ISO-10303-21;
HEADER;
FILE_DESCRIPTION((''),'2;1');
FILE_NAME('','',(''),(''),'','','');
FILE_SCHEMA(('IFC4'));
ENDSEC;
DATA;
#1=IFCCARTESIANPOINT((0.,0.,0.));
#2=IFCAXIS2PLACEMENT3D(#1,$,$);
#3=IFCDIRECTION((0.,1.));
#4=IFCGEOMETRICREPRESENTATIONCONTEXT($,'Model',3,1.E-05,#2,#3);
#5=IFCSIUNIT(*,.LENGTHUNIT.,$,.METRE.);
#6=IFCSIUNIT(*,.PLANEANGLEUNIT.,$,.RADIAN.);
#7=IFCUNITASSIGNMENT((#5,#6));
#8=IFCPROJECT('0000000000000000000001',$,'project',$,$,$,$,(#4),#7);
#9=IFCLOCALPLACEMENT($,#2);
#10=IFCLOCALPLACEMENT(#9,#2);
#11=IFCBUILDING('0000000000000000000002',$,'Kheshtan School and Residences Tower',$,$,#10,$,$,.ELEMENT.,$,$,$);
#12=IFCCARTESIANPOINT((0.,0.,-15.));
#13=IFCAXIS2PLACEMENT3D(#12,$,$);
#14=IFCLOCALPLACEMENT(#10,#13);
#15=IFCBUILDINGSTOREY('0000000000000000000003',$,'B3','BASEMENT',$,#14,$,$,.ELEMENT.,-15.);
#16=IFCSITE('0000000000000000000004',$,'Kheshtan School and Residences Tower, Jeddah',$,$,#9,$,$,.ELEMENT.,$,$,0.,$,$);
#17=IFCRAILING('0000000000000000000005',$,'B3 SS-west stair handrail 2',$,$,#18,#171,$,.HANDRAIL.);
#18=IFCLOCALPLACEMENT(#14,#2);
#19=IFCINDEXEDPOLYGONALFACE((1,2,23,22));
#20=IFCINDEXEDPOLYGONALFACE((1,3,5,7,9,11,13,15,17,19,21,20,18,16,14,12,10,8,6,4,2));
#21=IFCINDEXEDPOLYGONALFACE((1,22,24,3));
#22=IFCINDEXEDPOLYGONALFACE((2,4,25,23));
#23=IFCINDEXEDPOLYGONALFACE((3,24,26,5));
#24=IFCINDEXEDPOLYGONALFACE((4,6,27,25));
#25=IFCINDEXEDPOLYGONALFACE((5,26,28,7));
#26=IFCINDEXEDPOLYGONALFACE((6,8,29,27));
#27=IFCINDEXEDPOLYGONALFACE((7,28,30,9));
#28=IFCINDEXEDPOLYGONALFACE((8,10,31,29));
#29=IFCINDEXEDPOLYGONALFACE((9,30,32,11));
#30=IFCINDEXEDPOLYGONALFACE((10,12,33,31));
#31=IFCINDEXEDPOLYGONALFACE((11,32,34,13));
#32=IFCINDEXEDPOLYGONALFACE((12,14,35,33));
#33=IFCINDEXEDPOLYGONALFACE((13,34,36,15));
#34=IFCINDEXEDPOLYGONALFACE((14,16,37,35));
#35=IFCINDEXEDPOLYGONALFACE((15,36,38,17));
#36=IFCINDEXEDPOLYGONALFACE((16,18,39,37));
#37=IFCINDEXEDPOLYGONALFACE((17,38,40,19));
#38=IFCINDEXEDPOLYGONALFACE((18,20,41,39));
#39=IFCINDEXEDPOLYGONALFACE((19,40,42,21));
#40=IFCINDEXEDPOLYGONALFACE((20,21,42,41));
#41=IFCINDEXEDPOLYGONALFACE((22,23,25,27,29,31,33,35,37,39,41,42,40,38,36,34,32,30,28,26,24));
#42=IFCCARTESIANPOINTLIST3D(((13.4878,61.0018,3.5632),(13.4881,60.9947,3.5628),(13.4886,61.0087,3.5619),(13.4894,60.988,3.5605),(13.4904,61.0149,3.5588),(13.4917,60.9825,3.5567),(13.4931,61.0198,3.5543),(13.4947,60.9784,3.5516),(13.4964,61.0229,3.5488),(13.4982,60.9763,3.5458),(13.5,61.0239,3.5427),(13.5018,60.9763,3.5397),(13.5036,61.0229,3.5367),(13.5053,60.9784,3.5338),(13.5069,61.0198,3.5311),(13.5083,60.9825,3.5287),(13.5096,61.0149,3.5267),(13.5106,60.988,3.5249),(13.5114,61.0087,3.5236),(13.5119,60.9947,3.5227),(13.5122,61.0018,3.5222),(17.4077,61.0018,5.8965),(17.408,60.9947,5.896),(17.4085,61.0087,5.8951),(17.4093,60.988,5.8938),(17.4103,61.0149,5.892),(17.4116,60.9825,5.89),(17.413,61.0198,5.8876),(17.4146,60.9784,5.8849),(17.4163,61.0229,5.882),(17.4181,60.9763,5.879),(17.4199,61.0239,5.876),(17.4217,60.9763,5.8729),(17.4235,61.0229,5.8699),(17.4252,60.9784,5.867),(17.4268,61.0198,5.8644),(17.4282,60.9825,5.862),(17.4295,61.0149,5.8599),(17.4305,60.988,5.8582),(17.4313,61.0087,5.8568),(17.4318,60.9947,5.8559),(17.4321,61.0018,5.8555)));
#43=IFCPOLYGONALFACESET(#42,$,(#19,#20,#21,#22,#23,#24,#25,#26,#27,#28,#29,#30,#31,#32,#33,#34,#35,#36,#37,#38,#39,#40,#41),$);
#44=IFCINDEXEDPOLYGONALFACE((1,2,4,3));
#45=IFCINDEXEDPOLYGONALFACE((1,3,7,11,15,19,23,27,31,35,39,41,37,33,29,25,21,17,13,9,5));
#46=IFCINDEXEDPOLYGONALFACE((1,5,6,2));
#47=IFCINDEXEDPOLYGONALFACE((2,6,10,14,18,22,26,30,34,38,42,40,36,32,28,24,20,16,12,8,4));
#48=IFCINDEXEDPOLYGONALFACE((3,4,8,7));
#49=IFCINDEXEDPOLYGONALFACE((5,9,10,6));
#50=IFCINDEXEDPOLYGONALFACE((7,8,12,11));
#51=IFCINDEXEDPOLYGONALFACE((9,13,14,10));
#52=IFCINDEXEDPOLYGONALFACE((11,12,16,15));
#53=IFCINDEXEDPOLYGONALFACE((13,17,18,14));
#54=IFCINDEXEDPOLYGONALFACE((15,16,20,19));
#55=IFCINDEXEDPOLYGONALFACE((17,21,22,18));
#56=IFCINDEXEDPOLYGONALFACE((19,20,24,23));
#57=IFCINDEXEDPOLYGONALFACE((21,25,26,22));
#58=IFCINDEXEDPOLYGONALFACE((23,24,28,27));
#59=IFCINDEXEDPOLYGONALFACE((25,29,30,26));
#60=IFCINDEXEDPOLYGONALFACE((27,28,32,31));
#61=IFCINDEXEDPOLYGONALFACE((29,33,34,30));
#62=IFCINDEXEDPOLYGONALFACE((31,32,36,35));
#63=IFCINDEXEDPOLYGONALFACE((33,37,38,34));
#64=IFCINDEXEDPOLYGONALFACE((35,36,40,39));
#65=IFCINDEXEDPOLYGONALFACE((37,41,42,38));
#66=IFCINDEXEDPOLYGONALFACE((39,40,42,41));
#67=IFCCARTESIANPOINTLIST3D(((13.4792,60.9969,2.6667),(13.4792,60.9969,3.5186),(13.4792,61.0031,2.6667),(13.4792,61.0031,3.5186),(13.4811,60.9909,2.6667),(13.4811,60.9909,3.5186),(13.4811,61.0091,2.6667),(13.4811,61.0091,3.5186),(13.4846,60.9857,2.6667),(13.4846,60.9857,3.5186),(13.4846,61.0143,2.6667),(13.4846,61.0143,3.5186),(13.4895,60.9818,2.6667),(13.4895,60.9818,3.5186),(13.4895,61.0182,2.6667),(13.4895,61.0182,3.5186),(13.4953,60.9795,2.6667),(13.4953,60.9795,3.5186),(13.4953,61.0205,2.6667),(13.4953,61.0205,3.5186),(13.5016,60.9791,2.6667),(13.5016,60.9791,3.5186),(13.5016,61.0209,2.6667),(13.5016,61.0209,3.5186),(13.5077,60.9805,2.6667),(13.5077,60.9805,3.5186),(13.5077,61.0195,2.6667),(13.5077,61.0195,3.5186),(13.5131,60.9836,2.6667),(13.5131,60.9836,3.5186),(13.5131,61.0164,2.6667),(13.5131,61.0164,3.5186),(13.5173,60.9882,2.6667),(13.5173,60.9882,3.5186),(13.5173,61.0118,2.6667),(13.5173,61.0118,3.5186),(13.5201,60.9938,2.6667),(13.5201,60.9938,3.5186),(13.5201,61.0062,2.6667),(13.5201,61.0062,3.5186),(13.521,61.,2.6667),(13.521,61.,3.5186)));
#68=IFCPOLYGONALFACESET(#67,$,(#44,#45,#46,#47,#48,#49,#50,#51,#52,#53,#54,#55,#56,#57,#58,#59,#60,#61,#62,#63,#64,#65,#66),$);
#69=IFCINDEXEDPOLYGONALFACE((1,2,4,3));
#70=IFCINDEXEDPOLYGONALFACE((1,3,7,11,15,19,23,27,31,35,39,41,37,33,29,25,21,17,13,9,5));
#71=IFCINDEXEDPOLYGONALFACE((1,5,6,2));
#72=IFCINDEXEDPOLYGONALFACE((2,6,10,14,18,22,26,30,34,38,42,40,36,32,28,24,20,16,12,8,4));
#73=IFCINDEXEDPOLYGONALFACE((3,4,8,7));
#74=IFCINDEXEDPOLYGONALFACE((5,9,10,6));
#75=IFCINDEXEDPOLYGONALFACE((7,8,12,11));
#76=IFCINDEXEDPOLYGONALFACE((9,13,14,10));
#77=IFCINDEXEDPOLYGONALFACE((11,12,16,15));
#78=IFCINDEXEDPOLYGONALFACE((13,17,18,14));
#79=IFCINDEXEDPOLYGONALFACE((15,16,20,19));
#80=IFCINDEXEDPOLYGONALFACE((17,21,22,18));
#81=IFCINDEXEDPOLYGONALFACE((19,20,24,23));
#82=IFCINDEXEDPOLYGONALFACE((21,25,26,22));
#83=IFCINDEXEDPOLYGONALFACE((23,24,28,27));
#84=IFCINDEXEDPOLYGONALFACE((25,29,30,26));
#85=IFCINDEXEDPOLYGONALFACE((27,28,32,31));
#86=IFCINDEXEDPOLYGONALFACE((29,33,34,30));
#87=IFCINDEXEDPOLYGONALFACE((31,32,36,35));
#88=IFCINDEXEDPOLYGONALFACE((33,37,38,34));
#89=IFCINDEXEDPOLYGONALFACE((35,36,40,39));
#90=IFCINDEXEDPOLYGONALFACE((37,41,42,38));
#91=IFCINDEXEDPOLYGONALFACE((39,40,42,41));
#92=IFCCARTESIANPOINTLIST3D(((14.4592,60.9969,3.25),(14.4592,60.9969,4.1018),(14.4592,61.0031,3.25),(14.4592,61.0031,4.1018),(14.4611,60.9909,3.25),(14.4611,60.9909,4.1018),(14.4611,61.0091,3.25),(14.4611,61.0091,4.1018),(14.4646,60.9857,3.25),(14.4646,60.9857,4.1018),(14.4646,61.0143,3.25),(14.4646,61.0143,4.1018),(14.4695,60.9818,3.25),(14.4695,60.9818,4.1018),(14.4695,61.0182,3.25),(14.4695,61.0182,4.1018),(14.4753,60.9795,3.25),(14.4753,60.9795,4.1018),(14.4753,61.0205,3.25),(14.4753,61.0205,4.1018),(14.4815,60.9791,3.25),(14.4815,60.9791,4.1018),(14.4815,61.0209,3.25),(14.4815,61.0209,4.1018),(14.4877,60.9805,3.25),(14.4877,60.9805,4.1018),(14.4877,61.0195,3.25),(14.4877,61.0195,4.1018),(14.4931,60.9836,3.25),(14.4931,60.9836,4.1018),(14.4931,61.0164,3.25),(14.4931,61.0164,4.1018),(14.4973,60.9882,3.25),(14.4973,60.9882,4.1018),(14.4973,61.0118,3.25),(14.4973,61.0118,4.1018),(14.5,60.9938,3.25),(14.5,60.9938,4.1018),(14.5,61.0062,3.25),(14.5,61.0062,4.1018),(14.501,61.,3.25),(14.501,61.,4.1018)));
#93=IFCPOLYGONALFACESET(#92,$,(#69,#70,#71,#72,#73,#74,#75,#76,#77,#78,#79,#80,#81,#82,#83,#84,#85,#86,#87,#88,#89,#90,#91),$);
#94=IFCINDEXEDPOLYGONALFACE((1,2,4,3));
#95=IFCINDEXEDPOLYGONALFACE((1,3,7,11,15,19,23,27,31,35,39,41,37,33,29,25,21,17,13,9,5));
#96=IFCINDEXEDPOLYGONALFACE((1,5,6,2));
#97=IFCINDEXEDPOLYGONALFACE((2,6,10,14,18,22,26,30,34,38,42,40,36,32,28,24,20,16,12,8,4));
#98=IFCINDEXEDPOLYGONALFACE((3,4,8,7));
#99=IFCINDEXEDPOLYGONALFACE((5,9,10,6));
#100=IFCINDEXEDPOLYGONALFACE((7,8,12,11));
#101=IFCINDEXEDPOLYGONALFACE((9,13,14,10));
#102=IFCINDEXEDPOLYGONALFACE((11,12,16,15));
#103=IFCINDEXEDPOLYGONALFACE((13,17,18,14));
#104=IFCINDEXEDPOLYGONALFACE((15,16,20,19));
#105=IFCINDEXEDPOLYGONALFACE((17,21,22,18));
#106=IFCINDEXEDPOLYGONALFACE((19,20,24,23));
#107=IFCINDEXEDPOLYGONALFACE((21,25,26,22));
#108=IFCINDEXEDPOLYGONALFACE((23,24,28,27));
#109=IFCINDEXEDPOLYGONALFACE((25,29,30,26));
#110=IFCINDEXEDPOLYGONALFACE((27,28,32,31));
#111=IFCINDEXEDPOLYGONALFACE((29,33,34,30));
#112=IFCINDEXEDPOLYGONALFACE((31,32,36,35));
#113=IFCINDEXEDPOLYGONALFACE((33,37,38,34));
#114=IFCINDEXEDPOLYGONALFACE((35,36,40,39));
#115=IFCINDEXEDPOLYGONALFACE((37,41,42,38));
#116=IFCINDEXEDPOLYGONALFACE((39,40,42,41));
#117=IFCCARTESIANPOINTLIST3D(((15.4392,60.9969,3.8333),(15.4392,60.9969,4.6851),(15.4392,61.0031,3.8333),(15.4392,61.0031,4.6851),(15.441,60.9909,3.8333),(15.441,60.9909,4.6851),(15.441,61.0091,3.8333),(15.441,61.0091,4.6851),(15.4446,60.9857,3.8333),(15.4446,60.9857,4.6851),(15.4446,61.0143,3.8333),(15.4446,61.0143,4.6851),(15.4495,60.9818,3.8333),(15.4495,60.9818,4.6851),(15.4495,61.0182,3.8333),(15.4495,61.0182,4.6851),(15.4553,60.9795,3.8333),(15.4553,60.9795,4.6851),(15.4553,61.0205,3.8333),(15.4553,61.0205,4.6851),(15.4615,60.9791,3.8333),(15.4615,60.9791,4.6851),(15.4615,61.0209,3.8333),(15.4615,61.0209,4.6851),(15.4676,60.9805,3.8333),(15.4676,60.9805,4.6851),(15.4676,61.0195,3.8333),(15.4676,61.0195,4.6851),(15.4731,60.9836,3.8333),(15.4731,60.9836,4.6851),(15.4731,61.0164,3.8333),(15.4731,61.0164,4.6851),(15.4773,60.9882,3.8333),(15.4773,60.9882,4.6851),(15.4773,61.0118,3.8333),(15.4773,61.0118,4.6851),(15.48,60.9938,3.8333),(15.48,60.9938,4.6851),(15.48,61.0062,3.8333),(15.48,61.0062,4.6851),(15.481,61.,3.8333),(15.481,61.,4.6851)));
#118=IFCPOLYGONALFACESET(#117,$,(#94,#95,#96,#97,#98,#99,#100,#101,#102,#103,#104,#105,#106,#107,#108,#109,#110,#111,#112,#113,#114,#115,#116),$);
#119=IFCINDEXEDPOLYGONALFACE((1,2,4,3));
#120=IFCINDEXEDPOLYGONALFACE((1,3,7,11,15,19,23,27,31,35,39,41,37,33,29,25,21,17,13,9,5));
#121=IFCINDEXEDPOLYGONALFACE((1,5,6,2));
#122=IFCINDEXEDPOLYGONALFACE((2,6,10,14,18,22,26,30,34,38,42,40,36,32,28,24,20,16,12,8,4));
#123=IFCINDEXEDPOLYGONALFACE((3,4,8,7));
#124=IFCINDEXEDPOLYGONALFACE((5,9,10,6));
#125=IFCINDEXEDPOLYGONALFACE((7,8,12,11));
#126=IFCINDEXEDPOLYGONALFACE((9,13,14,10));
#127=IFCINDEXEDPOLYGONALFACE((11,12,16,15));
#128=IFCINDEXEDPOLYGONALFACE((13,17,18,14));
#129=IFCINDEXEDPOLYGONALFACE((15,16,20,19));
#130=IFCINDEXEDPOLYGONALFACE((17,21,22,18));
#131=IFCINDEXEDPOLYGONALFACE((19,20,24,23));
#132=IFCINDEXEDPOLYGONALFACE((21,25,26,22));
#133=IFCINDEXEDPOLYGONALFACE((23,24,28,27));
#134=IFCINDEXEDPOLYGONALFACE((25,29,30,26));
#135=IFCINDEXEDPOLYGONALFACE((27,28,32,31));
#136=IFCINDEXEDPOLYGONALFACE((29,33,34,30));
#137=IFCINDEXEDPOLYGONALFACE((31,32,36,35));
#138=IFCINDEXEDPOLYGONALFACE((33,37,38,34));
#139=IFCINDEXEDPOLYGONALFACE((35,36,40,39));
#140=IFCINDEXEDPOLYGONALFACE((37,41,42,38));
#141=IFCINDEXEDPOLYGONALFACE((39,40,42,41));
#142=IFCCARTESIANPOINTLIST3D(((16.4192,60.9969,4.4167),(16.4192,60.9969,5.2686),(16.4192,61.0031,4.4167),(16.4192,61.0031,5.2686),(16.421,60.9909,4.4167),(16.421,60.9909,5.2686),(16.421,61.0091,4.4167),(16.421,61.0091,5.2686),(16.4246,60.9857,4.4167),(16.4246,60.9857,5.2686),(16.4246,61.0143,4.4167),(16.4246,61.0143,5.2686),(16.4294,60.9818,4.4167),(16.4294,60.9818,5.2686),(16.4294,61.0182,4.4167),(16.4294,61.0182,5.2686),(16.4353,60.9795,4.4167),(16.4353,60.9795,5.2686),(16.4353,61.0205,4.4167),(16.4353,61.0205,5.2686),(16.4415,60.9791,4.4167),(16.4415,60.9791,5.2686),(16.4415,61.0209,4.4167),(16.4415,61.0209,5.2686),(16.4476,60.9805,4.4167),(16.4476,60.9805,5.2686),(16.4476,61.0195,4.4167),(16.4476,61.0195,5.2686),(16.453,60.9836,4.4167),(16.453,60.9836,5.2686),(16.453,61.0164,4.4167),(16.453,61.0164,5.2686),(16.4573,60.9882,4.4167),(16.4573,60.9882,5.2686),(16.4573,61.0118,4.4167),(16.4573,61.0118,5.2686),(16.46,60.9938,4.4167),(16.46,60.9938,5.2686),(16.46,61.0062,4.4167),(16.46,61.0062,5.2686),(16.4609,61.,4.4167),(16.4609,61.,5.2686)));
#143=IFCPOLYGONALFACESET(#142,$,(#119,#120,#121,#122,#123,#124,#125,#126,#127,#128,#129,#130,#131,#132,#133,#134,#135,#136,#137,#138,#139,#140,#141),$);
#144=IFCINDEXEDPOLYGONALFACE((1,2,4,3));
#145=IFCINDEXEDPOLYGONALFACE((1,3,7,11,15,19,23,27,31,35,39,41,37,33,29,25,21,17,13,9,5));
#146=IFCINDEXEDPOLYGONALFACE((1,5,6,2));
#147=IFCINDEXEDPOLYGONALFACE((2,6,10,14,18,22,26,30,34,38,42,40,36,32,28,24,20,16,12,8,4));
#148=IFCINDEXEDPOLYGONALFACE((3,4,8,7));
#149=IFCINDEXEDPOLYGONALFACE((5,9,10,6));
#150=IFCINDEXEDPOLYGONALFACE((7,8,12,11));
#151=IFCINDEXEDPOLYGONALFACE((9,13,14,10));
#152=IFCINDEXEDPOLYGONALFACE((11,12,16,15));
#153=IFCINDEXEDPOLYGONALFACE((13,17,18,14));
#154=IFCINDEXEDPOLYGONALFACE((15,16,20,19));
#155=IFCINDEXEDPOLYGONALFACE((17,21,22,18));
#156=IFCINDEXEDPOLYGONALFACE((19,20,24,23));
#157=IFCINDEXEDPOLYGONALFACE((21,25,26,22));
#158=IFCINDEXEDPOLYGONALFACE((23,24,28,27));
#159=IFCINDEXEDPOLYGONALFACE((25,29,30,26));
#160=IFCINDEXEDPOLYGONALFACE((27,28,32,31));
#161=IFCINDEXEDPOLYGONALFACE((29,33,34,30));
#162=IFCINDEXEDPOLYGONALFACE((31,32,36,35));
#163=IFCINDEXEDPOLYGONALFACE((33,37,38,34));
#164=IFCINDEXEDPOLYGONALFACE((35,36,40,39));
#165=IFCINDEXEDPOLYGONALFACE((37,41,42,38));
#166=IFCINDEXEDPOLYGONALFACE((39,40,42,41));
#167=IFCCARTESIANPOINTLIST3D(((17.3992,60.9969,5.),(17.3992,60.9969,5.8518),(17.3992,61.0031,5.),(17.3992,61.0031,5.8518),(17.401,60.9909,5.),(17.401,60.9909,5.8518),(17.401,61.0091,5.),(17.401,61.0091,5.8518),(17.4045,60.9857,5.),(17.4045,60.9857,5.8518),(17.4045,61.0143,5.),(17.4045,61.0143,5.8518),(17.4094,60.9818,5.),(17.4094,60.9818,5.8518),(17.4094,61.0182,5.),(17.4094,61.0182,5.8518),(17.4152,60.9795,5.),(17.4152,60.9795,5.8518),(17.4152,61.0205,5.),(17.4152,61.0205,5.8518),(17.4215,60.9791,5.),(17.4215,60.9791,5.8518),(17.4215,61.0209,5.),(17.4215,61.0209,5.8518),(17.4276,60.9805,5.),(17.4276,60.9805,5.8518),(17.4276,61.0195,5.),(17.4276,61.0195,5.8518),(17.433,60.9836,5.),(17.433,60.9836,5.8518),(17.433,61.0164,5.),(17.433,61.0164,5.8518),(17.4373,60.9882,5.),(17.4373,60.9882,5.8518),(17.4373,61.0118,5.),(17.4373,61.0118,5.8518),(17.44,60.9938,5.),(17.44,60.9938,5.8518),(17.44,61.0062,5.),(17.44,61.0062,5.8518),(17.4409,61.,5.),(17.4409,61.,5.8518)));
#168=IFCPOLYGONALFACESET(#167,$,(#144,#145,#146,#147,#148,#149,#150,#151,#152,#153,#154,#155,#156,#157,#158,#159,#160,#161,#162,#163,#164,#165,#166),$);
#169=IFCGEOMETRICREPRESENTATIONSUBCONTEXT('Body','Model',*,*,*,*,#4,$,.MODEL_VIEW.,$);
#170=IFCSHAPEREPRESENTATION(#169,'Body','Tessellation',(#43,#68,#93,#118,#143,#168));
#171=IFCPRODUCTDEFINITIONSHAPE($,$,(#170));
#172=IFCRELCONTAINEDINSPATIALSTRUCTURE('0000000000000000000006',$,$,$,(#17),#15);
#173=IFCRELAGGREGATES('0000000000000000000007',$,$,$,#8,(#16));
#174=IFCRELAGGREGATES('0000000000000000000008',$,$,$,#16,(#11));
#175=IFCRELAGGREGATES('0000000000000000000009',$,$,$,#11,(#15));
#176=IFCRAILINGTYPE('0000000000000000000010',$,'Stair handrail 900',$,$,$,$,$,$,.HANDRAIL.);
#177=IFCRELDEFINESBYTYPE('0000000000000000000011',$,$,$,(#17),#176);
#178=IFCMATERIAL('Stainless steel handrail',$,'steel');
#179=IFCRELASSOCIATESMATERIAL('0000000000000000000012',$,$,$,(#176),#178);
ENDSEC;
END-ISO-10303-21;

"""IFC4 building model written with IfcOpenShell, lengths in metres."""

from ifc_helpers import new_model, si_unit, direction, frame, origin, origin_2d, place, context, subcontext, project, spatial, circle, extrude, material, type_object, element, save


model = new_model("IFC4")

# Units and contexts
model_context = context("Model", 3, precision=1e-05, world=origin(), true_north=direction((0.0, 1.0)))
body_context = subcontext(model_context, "Body", "Model", "MODEL_VIEW")
ifc_project = project(units=[si_unit("LENGTHUNIT", "METRE"), si_unit("PLANEANGLEUNIT", "RADIAN")], contexts=[model_context])

# Site, building, storey
site_placement = place(None, origin())
site = spatial("IfcSite", under=ifc_project, at=site_placement, Name="Kheshtan School and Residences Tower, Jeddah", CompositionType="ELEMENT", RefElevation=0.0)
building_placement = place(site_placement, origin())
building = spatial("IfcBuilding", under=site, at=building_placement, Name="Kheshtan School and Residences Tower", CompositionType="ELEMENT")
storey_placement = place(building_placement, frame((0.0, 0.0, -15.0)))
storey = spatial("IfcBuildingStorey", under=building, at=storey_placement, Name="B3", Description="BASEMENT", CompositionType="ELEMENT", Elevation=-15.0)

# Railing
ifc_material_1 = material(Name="Stainless steel handrail", Category="steel")
railing_type = type_object("IfcRailingType", Name="Stair handrail 900", PredefinedType="HANDRAIL", material=ifc_material_1)
railing_placement = place(storey_placement, frame((13.5, 61.0, 2.6667)))
element("IfcRailing", 1, at=railing_placement, inside=storey, type_object=railing_type, Name="B3 SS-west stair handrail 2", PredefinedType="HANDRAIL", context=body_context, shape_type="SweptSolid", body=[
    extrude(circle(Radius=0.0239, at=origin_2d()), frame((0.0, 0.0, 0.876), z_axis=(0.859296, 0.0, 0.511478), x_axis=(0.0, 1.0, 0.0)), (0.0, 0.0, 1.0), 4.5618),
    extrude(circle(Radius=0.021, at=origin_2d()), origin(), (0.0, 0.0, 1.0), 0.8518),
    extrude(circle(Radius=0.021, at=origin_2d()), frame((0.98, 0.0, 0.5833)), (0.0, 0.0, 1.0), 0.8518),
    extrude(circle(Radius=0.021, at=origin_2d()), frame((1.96, 0.0, 1.1665)), (0.0, 0.0, 1.0), 0.8518),
    extrude(circle(Radius=0.021, at=origin_2d()), frame((2.9399, 0.0, 1.75)), (0.0, 0.0, 1.0), 0.8518),
    extrude(circle(Radius=0.021, at=origin_2d()), frame((3.9199, 0.0, 2.3333)), (0.0, 0.0, 1.0), 0.8518),
])

save(model, "model.ifc")
